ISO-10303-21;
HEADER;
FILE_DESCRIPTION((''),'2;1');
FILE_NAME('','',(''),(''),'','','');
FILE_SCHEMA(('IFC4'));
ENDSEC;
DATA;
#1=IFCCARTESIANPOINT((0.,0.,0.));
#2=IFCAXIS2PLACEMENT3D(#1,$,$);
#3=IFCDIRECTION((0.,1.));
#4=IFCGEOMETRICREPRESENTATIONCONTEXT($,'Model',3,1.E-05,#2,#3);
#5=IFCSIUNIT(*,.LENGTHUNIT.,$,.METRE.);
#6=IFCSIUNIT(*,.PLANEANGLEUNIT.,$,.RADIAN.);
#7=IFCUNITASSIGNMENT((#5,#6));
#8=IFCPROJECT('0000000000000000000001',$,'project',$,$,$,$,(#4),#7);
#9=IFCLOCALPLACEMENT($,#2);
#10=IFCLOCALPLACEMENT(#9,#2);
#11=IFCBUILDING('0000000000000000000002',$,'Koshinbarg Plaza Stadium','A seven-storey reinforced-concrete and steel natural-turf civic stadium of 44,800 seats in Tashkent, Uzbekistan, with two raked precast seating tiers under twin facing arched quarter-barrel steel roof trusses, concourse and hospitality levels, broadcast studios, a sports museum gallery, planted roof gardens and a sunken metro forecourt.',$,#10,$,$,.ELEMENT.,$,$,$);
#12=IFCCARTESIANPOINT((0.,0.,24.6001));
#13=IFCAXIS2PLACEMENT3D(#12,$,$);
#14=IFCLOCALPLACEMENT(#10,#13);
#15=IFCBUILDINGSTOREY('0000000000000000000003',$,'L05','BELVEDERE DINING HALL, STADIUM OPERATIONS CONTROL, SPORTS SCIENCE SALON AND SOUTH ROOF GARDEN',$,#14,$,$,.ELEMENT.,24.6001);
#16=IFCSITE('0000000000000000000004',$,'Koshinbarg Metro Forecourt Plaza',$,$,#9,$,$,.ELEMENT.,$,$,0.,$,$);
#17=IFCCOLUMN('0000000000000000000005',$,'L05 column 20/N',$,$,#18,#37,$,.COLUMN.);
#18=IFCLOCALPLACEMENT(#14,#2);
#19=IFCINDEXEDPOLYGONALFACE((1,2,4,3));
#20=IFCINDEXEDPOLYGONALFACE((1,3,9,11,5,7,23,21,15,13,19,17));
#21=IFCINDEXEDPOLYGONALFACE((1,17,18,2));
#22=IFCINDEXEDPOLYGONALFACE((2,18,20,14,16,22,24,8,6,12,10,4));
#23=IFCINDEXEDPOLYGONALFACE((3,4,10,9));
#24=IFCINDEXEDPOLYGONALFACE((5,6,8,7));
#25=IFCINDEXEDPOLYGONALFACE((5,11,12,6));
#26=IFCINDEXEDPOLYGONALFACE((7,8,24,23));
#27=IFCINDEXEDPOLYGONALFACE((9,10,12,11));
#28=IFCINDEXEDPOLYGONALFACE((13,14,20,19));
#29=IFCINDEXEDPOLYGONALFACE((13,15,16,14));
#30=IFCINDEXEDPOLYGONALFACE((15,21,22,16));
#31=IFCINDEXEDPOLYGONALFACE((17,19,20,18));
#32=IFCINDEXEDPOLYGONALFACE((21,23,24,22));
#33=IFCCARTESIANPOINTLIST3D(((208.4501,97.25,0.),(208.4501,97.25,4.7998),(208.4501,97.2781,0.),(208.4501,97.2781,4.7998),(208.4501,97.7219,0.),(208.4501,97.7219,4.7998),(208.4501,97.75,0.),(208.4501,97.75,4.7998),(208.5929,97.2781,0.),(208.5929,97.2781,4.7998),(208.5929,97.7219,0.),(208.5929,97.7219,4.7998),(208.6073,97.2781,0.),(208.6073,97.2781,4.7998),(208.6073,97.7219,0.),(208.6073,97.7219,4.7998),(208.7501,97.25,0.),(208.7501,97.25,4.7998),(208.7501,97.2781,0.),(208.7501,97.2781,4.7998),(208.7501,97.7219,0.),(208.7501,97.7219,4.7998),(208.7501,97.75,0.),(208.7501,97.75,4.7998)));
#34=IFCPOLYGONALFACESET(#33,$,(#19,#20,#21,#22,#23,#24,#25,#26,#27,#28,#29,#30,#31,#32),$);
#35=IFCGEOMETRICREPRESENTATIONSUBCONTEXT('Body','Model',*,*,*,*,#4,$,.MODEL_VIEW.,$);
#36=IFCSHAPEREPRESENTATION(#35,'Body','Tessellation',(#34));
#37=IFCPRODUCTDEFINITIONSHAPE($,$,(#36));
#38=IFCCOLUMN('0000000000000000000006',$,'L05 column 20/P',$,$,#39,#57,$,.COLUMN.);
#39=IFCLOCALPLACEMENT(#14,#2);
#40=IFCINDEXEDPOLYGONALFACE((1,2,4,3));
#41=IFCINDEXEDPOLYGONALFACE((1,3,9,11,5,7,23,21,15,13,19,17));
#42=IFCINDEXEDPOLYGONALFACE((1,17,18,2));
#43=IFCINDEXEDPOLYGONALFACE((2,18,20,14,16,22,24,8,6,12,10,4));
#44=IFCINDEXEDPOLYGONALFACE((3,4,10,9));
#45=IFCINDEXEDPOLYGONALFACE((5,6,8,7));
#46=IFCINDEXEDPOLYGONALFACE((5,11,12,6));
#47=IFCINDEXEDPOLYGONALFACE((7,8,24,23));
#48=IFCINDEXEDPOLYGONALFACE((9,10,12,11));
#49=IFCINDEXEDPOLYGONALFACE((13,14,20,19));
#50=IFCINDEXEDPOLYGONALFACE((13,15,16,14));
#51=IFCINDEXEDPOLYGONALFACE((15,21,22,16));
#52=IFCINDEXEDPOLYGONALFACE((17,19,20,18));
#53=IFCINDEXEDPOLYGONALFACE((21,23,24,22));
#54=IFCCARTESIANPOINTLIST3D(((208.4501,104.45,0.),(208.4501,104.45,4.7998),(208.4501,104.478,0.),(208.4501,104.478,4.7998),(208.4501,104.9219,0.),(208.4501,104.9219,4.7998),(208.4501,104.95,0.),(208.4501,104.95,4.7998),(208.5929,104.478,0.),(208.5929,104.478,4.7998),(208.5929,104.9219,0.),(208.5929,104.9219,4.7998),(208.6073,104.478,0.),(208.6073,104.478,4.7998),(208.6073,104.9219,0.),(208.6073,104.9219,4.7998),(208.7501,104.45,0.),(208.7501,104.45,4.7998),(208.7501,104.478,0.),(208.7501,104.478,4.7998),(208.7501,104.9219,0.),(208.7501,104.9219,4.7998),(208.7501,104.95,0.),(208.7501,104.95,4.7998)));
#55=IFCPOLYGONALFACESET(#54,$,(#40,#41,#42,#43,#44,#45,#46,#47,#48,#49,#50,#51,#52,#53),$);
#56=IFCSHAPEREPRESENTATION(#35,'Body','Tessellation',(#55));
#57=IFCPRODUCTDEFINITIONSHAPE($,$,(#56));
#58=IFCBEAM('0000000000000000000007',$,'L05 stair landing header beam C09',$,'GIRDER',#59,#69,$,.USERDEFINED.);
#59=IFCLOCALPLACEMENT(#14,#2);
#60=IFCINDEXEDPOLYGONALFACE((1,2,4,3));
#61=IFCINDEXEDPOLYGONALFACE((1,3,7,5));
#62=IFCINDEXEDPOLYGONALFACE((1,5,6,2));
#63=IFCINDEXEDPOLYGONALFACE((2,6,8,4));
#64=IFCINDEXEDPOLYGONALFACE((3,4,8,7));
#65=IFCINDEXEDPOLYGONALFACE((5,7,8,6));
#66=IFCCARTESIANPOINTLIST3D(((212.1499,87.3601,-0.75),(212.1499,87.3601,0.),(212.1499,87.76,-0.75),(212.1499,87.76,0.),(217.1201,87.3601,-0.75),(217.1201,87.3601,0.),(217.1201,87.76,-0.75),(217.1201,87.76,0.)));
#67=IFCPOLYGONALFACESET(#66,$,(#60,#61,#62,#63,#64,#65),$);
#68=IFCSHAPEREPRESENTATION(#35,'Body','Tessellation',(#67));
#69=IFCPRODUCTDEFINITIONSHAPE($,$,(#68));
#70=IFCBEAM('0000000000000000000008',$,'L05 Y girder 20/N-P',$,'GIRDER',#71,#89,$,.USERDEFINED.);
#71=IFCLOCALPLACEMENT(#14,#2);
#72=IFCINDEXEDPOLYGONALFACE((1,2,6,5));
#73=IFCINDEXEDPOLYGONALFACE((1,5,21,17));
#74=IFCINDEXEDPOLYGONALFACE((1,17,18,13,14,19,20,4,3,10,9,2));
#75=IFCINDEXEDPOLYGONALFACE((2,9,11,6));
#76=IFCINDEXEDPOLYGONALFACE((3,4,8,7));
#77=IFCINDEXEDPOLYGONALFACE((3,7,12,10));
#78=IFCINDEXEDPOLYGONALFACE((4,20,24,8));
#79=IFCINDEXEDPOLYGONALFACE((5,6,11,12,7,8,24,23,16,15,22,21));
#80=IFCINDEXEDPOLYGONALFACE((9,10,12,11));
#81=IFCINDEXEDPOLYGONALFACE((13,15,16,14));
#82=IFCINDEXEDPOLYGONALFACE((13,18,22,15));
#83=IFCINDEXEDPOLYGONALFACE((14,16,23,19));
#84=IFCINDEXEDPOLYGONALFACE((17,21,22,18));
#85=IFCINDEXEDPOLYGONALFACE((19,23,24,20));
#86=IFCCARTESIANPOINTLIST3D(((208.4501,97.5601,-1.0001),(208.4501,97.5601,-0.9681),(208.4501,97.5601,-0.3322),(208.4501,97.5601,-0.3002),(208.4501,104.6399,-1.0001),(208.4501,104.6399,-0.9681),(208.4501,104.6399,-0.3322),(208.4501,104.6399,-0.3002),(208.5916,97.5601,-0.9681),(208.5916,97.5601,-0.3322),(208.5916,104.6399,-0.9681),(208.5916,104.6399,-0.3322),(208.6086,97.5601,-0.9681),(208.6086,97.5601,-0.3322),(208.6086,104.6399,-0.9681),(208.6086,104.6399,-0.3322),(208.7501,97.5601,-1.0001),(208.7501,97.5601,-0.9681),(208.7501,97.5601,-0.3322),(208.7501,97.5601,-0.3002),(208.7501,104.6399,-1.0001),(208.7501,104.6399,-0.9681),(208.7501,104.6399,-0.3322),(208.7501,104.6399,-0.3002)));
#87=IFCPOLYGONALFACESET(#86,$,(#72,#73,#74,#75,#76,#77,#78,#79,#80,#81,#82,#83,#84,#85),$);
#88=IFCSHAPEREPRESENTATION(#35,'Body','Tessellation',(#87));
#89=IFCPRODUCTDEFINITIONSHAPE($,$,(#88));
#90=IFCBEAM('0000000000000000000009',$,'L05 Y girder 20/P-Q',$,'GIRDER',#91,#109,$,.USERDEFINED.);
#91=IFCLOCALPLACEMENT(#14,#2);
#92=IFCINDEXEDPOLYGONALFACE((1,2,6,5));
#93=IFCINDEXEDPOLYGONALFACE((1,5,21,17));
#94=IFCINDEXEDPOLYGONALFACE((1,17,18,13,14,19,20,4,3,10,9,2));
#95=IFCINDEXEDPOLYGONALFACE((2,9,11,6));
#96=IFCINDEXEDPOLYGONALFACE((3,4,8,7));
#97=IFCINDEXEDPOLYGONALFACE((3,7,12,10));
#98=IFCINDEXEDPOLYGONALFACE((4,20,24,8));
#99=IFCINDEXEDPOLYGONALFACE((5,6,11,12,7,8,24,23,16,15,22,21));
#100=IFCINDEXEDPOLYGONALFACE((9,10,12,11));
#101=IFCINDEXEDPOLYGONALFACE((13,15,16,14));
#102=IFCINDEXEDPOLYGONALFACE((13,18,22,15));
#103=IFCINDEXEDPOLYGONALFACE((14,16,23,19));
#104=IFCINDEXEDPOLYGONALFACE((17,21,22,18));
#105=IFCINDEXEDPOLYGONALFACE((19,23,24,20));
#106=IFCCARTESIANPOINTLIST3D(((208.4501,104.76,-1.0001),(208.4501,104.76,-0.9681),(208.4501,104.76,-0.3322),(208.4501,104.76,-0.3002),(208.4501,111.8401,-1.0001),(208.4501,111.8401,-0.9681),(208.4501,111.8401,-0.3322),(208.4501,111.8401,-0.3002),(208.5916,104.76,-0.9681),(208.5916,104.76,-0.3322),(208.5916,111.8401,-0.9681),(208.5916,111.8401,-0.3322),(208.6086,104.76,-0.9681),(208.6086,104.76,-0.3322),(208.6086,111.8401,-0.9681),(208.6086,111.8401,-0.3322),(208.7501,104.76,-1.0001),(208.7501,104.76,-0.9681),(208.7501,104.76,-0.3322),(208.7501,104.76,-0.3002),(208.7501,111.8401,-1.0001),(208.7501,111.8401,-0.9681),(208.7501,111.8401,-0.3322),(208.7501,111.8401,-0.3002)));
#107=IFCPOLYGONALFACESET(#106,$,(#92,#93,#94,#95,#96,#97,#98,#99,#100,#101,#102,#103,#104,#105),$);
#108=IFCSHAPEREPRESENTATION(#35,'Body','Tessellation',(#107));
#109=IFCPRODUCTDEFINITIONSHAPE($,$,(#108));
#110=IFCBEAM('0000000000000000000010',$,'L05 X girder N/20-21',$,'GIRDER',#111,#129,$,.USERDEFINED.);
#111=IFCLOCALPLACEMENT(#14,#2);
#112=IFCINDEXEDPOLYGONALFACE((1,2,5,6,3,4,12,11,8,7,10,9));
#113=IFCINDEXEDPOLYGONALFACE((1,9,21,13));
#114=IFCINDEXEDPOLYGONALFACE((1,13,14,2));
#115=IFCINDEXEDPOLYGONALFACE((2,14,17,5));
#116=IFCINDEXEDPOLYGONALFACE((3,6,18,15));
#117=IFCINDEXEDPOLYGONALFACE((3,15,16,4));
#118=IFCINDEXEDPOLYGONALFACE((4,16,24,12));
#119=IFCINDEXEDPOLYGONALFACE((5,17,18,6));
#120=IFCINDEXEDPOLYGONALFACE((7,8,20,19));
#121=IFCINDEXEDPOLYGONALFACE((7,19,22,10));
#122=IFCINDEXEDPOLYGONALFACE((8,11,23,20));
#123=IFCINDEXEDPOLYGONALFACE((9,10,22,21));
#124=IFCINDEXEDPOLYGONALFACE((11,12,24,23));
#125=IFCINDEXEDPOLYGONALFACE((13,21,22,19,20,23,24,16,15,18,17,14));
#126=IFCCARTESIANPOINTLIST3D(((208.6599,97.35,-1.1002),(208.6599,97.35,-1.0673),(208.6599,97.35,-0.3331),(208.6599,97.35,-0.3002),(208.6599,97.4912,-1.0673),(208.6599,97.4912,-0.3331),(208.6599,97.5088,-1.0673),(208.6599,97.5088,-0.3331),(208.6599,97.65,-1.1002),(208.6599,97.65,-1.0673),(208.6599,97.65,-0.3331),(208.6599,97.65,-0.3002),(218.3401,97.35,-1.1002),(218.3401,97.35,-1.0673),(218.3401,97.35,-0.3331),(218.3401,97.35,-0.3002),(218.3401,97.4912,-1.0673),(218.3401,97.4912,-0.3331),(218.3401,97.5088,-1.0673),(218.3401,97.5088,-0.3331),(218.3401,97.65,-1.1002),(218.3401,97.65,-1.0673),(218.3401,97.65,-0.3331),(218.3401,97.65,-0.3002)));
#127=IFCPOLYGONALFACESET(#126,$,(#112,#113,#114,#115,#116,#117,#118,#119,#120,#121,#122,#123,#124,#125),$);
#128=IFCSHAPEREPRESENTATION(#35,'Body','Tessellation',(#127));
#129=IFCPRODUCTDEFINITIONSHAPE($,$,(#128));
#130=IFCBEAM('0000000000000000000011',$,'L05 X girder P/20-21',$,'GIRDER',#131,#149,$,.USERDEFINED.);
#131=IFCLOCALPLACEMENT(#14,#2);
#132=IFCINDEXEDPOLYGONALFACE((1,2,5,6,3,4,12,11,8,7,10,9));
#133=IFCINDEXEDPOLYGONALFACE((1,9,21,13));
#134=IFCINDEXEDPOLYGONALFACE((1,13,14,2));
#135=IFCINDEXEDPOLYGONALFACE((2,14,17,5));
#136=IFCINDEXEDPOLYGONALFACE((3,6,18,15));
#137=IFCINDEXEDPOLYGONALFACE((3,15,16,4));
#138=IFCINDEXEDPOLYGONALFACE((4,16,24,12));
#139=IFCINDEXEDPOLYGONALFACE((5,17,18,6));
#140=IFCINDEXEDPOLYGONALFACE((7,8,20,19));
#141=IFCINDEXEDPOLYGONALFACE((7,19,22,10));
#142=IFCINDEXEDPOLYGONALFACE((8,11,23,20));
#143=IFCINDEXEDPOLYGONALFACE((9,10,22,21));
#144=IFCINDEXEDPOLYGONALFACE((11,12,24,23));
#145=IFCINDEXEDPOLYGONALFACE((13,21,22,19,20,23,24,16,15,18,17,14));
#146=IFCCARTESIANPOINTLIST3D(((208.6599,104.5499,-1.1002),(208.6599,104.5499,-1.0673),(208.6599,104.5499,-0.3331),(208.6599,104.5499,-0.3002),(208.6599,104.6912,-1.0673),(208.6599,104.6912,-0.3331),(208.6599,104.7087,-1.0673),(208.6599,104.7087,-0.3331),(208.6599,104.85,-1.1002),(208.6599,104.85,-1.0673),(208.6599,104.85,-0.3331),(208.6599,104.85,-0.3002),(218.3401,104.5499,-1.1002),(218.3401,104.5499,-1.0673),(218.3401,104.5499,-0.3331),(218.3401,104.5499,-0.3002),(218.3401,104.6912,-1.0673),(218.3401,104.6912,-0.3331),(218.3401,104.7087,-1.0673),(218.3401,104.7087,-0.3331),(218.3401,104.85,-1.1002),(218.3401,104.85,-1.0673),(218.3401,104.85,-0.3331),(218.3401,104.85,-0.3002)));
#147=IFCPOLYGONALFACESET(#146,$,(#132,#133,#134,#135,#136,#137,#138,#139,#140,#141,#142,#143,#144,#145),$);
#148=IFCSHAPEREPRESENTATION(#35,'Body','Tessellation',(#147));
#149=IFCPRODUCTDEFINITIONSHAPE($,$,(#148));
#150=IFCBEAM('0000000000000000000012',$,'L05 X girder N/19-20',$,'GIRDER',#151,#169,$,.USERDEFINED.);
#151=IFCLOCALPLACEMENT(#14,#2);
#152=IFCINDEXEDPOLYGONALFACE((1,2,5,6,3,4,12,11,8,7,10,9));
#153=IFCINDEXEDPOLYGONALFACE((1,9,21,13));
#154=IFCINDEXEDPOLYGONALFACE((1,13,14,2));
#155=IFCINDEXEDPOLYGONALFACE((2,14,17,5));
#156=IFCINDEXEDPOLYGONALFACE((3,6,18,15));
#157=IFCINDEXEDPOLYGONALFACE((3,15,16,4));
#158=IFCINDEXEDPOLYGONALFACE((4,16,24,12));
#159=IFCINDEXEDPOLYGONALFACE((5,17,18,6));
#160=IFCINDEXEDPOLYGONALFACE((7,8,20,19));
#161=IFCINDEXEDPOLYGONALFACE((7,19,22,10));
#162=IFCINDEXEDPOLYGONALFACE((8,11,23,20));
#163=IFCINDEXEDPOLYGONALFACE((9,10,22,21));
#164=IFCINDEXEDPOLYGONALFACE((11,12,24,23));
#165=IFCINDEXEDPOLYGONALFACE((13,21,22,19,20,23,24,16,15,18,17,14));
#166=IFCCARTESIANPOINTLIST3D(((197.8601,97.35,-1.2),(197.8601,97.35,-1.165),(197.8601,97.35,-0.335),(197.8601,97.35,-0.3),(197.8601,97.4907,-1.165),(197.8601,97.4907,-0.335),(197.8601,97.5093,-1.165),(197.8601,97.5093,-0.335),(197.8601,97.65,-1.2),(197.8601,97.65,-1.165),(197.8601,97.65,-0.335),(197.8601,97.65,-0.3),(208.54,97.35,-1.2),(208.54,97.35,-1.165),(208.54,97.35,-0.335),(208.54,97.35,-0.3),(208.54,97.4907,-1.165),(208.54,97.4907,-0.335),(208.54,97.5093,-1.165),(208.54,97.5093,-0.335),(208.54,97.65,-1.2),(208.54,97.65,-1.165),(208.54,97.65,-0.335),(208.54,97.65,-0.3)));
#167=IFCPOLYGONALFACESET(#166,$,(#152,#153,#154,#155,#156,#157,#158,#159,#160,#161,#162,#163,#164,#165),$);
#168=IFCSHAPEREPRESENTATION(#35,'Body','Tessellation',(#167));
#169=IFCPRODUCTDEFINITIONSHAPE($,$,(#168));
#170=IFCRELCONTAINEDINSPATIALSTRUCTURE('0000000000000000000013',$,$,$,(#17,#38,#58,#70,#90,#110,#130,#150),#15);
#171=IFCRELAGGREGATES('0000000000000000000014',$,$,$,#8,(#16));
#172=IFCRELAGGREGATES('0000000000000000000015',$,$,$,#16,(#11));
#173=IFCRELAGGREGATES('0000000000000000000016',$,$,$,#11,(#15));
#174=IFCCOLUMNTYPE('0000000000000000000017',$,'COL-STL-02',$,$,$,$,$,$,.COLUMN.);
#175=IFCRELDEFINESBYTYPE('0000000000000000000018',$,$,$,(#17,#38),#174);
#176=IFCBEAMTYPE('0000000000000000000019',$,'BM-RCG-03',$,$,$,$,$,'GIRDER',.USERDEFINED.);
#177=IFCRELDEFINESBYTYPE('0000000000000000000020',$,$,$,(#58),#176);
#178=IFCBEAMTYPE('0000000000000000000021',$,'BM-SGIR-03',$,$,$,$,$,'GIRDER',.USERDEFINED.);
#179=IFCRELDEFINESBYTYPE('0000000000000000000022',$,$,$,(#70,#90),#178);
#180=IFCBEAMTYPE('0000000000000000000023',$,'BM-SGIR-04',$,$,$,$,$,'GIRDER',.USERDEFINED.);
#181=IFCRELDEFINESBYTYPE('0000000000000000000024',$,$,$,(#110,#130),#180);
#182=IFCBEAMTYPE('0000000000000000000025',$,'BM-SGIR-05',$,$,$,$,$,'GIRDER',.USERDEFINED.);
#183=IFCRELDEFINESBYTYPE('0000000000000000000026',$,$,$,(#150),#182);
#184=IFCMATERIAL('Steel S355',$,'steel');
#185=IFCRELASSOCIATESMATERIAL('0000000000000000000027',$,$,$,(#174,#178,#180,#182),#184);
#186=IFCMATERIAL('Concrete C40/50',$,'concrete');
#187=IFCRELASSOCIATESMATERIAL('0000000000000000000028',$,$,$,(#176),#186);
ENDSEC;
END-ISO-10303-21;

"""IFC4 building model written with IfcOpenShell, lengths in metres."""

from ifc_helpers import new_model, si_unit, direction, frame, origin, origin_2d, place, context, subcontext, project, spatial, rectangle, i_section, extrude, material, material_profile, profile_set, type_object, element, save


model = new_model("IFC4")

# Units and contexts
model_context = context("Model", 3, precision=1e-05, world=origin(), true_north=direction((0.0, 1.0)))
body_context = subcontext(model_context, "Body", "Model", "MODEL_VIEW")
ifc_project = project(units=[si_unit("LENGTHUNIT", "METRE"), si_unit("PLANEANGLEUNIT", "RADIAN")], contexts=[model_context])

# Site, building, storey
site_placement = place(None, origin())
site = spatial("IfcSite", under=ifc_project, at=site_placement, Name="Koshinbarg Metro Forecourt Plaza", CompositionType="ELEMENT", RefElevation=0.0)
building_placement = place(site_placement, origin())
building = spatial("IfcBuilding", under=site, at=building_placement, Name="Koshinbarg Plaza Stadium", Description="A seven-storey reinforced-concrete and steel natural-turf civic stadium of 44,800 seats in Tashkent, Uzbekistan, with two raked precast seating tiers under twin facing arched quarter-barrel steel roof trusses, concourse and hospitality levels, broadcast studios, a sports museum gallery, planted roof gardens and a sunken metro forecourt.", CompositionType="ELEMENT")
storey_placement = place(building_placement, frame((0.0, 0.0, 24.6001)))
storey = spatial("IfcBuildingStorey", under=building, at=storey_placement, Name="L05", Description="BELVEDERE DINING HALL, STADIUM OPERATIONS CONTROL, SPORTS SCIENCE SALON AND SOUTH ROOF GARDEN", CompositionType="ELEMENT", Elevation=24.6001)

# Columns
ifc_material_1 = material(Name="Steel S355", Category="steel")
ifc_material_profile_1 = material_profile(ifc_material_1, i_section(OverallWidth=0.3, OverallDepth=0.5, WebThickness=0.0144, FlangeThickness=0.0281, at=origin_2d()), Name="HEB 500")
ifc_profile_set_1 = profile_set([ifc_material_profile_1], Name="Steel S355")
column_type = type_object("IfcColumnType", Name="COL-STL-02", PredefinedType="COLUMN", material=ifc_profile_set_1)
for number, where, z_axis, x_axis, name in (
    (1, (208.6001, 97.5, 0.0), (0.0, 0.0, 1.0), (1.0, 0.0, 0.0), "L05 column 20/N"),
    (2, (208.6001, 104.7, 0.0), (0.0, 0.0, 1.0), (1.0, 0.0, 0.0), "L05 column 20/P"),
):
    element("IfcColumn", number, at=place(storey_placement, frame(where, z_axis=z_axis, x_axis=x_axis)), inside=storey, type_object=column_type, Name=name, PredefinedType="COLUMN", context=body_context, shape_type="SweptSolid", body=[
        extrude(i_section(OverallWidth=0.3, OverallDepth=0.5, WebThickness=0.0144, FlangeThickness=0.0281, at=origin_2d()), origin(), (0.0, 0.0, 1.0), 4.7998),
    ])

# Beams
ifc_material_2 = material(Name="Concrete C40/50", Category="concrete")
ifc_material_profile_2 = material_profile(ifc_material_2, rectangle(XDim=0.3999, YDim=0.75, at=origin_2d()), Name="RC 400x750")
ifc_profile_set_2 = profile_set([ifc_material_profile_2], Name="Concrete C40/50")
beam_type_1 = type_object("IfcBeamType", Name="BM-RCG-03", ElementType="GIRDER", PredefinedType="USERDEFINED", material=ifc_profile_set_2)
beam_1_placement = place(storey_placement, frame((212.1499, 87.5601, -0.375), z_axis=(1.0, 0.0, 0.0), x_axis=(0.0, 1.0, 0.0)))
element("IfcBeam", 3, at=beam_1_placement, inside=storey, type_object=beam_type_1, Name="L05 stair landing header beam C09", ObjectType="GIRDER", PredefinedType="USERDEFINED", context=body_context, shape_type="SweptSolid", body=[
    extrude(rectangle(XDim=0.3999, YDim=0.75, at=origin_2d()), origin(), (0.0, 0.0, 1.0), 4.9702),
])
ifc_material_profile_3 = material_profile(ifc_material_1, i_section(OverallWidth=0.3, OverallDepth=0.7, WebThickness=0.0171, FlangeThickness=0.032, at=origin_2d()), Name="HEB 700")
ifc_profile_set_3 = profile_set([ifc_material_profile_3], Name="Steel S355")
beam_type_2 = type_object("IfcBeamType", Name="BM-SGIR-03", ElementType="GIRDER", PredefinedType="USERDEFINED", material=ifc_profile_set_3)
beam_2_placement = place(storey_placement, frame((208.6001, 97.5601, -0.6501), z_axis=(0.0, 1.0, 0.0), x_axis=(-1.0, 0.0, 0.0)))
element("IfcBeam", 4, at=beam_2_placement, inside=storey, type_object=beam_type_2, Name="L05 Y girder 20/N-P", ObjectType="GIRDER", PredefinedType="USERDEFINED", context=body_context, shape_type="SweptSolid", body=[
    extrude(i_section(OverallWidth=0.3, OverallDepth=0.7, WebThickness=0.0171, FlangeThickness=0.032, at=origin_2d()), origin(), (0.0, 0.0, 1.0), 7.0798),
])
beam_3_placement = place(storey_placement, frame((208.6001, 104.76, -0.6501), z_axis=(0.0, 1.0, 0.0), x_axis=(-1.0, 0.0, 0.0)))
element("IfcBeam", 5, at=beam_3_placement, inside=storey, type_object=beam_type_2, Name="L05 Y girder 20/P-Q", ObjectType="GIRDER", PredefinedType="USERDEFINED", context=body_context, shape_type="SweptSolid", body=[
    extrude(i_section(OverallWidth=0.3, OverallDepth=0.7, WebThickness=0.0171, FlangeThickness=0.032, at=origin_2d()), origin(), (0.0, 0.0, 1.0), 7.0801),
])
ifc_material_profile_4 = material_profile(ifc_material_1, i_section(OverallWidth=0.3, OverallDepth=0.8, WebThickness=0.0176, FlangeThickness=0.033, at=origin_2d()), Name="HEB 800")
ifc_profile_set_4 = profile_set([ifc_material_profile_4], Name="Steel S355")
beam_type_3 = type_object("IfcBeamType", Name="BM-SGIR-04", ElementType="GIRDER", PredefinedType="USERDEFINED", material=ifc_profile_set_4)
for number, where, z_axis, x_axis, name in (
    (6, (208.6599, 97.5, -0.7002), (1.0, 0.0, 0.0), (0.0, 1.0, 0.0), "L05 X girder N/20-21"),
    (7, (208.6599, 104.7, -0.7002), (1.0, 0.0, 0.0), (0.0, 1.0, 0.0), "L05 X girder P/20-21"),
):
    element("IfcBeam", number, at=place(storey_placement, frame(where, z_axis=z_axis, x_axis=x_axis)), inside=storey, type_object=beam_type_3, Name=name, ObjectType="GIRDER", PredefinedType="USERDEFINED", context=body_context, shape_type="SweptSolid", body=[
        extrude(i_section(OverallWidth=0.3, OverallDepth=0.8, WebThickness=0.0176, FlangeThickness=0.033, at=origin_2d()), origin(), (0.0, 0.0, 1.0), 9.6802),
    ])
ifc_material_profile_5 = material_profile(ifc_material_1, i_section(OverallWidth=0.3, OverallDepth=0.8999, WebThickness=0.0186, FlangeThickness=0.0349, at=origin_2d()), Name="HEB 900")
ifc_profile_set_5 = profile_set([ifc_material_profile_5], Name="Steel S355")
beam_type_4 = type_object("IfcBeamType", Name="BM-SGIR-05", ElementType="GIRDER", PredefinedType="USERDEFINED", material=ifc_profile_set_5)
beam_4_placement = place(storey_placement, frame((197.8601, 97.5, -0.75), z_axis=(1.0, 0.0, 0.0), x_axis=(0.0, 1.0, 0.0)))
element("IfcBeam", 8, at=beam_4_placement, inside=storey, type_object=beam_type_4, Name="L05 X girder N/19-20", ObjectType="GIRDER", PredefinedType="USERDEFINED", context=body_context, shape_type="SweptSolid", body=[
    extrude(i_section(OverallWidth=0.3, OverallDepth=0.8999, WebThickness=0.0186, FlangeThickness=0.0349, at=origin_2d()), origin(), (0.0, 0.0, 1.0), 10.6799),
])

save(model, "model.ifc")
